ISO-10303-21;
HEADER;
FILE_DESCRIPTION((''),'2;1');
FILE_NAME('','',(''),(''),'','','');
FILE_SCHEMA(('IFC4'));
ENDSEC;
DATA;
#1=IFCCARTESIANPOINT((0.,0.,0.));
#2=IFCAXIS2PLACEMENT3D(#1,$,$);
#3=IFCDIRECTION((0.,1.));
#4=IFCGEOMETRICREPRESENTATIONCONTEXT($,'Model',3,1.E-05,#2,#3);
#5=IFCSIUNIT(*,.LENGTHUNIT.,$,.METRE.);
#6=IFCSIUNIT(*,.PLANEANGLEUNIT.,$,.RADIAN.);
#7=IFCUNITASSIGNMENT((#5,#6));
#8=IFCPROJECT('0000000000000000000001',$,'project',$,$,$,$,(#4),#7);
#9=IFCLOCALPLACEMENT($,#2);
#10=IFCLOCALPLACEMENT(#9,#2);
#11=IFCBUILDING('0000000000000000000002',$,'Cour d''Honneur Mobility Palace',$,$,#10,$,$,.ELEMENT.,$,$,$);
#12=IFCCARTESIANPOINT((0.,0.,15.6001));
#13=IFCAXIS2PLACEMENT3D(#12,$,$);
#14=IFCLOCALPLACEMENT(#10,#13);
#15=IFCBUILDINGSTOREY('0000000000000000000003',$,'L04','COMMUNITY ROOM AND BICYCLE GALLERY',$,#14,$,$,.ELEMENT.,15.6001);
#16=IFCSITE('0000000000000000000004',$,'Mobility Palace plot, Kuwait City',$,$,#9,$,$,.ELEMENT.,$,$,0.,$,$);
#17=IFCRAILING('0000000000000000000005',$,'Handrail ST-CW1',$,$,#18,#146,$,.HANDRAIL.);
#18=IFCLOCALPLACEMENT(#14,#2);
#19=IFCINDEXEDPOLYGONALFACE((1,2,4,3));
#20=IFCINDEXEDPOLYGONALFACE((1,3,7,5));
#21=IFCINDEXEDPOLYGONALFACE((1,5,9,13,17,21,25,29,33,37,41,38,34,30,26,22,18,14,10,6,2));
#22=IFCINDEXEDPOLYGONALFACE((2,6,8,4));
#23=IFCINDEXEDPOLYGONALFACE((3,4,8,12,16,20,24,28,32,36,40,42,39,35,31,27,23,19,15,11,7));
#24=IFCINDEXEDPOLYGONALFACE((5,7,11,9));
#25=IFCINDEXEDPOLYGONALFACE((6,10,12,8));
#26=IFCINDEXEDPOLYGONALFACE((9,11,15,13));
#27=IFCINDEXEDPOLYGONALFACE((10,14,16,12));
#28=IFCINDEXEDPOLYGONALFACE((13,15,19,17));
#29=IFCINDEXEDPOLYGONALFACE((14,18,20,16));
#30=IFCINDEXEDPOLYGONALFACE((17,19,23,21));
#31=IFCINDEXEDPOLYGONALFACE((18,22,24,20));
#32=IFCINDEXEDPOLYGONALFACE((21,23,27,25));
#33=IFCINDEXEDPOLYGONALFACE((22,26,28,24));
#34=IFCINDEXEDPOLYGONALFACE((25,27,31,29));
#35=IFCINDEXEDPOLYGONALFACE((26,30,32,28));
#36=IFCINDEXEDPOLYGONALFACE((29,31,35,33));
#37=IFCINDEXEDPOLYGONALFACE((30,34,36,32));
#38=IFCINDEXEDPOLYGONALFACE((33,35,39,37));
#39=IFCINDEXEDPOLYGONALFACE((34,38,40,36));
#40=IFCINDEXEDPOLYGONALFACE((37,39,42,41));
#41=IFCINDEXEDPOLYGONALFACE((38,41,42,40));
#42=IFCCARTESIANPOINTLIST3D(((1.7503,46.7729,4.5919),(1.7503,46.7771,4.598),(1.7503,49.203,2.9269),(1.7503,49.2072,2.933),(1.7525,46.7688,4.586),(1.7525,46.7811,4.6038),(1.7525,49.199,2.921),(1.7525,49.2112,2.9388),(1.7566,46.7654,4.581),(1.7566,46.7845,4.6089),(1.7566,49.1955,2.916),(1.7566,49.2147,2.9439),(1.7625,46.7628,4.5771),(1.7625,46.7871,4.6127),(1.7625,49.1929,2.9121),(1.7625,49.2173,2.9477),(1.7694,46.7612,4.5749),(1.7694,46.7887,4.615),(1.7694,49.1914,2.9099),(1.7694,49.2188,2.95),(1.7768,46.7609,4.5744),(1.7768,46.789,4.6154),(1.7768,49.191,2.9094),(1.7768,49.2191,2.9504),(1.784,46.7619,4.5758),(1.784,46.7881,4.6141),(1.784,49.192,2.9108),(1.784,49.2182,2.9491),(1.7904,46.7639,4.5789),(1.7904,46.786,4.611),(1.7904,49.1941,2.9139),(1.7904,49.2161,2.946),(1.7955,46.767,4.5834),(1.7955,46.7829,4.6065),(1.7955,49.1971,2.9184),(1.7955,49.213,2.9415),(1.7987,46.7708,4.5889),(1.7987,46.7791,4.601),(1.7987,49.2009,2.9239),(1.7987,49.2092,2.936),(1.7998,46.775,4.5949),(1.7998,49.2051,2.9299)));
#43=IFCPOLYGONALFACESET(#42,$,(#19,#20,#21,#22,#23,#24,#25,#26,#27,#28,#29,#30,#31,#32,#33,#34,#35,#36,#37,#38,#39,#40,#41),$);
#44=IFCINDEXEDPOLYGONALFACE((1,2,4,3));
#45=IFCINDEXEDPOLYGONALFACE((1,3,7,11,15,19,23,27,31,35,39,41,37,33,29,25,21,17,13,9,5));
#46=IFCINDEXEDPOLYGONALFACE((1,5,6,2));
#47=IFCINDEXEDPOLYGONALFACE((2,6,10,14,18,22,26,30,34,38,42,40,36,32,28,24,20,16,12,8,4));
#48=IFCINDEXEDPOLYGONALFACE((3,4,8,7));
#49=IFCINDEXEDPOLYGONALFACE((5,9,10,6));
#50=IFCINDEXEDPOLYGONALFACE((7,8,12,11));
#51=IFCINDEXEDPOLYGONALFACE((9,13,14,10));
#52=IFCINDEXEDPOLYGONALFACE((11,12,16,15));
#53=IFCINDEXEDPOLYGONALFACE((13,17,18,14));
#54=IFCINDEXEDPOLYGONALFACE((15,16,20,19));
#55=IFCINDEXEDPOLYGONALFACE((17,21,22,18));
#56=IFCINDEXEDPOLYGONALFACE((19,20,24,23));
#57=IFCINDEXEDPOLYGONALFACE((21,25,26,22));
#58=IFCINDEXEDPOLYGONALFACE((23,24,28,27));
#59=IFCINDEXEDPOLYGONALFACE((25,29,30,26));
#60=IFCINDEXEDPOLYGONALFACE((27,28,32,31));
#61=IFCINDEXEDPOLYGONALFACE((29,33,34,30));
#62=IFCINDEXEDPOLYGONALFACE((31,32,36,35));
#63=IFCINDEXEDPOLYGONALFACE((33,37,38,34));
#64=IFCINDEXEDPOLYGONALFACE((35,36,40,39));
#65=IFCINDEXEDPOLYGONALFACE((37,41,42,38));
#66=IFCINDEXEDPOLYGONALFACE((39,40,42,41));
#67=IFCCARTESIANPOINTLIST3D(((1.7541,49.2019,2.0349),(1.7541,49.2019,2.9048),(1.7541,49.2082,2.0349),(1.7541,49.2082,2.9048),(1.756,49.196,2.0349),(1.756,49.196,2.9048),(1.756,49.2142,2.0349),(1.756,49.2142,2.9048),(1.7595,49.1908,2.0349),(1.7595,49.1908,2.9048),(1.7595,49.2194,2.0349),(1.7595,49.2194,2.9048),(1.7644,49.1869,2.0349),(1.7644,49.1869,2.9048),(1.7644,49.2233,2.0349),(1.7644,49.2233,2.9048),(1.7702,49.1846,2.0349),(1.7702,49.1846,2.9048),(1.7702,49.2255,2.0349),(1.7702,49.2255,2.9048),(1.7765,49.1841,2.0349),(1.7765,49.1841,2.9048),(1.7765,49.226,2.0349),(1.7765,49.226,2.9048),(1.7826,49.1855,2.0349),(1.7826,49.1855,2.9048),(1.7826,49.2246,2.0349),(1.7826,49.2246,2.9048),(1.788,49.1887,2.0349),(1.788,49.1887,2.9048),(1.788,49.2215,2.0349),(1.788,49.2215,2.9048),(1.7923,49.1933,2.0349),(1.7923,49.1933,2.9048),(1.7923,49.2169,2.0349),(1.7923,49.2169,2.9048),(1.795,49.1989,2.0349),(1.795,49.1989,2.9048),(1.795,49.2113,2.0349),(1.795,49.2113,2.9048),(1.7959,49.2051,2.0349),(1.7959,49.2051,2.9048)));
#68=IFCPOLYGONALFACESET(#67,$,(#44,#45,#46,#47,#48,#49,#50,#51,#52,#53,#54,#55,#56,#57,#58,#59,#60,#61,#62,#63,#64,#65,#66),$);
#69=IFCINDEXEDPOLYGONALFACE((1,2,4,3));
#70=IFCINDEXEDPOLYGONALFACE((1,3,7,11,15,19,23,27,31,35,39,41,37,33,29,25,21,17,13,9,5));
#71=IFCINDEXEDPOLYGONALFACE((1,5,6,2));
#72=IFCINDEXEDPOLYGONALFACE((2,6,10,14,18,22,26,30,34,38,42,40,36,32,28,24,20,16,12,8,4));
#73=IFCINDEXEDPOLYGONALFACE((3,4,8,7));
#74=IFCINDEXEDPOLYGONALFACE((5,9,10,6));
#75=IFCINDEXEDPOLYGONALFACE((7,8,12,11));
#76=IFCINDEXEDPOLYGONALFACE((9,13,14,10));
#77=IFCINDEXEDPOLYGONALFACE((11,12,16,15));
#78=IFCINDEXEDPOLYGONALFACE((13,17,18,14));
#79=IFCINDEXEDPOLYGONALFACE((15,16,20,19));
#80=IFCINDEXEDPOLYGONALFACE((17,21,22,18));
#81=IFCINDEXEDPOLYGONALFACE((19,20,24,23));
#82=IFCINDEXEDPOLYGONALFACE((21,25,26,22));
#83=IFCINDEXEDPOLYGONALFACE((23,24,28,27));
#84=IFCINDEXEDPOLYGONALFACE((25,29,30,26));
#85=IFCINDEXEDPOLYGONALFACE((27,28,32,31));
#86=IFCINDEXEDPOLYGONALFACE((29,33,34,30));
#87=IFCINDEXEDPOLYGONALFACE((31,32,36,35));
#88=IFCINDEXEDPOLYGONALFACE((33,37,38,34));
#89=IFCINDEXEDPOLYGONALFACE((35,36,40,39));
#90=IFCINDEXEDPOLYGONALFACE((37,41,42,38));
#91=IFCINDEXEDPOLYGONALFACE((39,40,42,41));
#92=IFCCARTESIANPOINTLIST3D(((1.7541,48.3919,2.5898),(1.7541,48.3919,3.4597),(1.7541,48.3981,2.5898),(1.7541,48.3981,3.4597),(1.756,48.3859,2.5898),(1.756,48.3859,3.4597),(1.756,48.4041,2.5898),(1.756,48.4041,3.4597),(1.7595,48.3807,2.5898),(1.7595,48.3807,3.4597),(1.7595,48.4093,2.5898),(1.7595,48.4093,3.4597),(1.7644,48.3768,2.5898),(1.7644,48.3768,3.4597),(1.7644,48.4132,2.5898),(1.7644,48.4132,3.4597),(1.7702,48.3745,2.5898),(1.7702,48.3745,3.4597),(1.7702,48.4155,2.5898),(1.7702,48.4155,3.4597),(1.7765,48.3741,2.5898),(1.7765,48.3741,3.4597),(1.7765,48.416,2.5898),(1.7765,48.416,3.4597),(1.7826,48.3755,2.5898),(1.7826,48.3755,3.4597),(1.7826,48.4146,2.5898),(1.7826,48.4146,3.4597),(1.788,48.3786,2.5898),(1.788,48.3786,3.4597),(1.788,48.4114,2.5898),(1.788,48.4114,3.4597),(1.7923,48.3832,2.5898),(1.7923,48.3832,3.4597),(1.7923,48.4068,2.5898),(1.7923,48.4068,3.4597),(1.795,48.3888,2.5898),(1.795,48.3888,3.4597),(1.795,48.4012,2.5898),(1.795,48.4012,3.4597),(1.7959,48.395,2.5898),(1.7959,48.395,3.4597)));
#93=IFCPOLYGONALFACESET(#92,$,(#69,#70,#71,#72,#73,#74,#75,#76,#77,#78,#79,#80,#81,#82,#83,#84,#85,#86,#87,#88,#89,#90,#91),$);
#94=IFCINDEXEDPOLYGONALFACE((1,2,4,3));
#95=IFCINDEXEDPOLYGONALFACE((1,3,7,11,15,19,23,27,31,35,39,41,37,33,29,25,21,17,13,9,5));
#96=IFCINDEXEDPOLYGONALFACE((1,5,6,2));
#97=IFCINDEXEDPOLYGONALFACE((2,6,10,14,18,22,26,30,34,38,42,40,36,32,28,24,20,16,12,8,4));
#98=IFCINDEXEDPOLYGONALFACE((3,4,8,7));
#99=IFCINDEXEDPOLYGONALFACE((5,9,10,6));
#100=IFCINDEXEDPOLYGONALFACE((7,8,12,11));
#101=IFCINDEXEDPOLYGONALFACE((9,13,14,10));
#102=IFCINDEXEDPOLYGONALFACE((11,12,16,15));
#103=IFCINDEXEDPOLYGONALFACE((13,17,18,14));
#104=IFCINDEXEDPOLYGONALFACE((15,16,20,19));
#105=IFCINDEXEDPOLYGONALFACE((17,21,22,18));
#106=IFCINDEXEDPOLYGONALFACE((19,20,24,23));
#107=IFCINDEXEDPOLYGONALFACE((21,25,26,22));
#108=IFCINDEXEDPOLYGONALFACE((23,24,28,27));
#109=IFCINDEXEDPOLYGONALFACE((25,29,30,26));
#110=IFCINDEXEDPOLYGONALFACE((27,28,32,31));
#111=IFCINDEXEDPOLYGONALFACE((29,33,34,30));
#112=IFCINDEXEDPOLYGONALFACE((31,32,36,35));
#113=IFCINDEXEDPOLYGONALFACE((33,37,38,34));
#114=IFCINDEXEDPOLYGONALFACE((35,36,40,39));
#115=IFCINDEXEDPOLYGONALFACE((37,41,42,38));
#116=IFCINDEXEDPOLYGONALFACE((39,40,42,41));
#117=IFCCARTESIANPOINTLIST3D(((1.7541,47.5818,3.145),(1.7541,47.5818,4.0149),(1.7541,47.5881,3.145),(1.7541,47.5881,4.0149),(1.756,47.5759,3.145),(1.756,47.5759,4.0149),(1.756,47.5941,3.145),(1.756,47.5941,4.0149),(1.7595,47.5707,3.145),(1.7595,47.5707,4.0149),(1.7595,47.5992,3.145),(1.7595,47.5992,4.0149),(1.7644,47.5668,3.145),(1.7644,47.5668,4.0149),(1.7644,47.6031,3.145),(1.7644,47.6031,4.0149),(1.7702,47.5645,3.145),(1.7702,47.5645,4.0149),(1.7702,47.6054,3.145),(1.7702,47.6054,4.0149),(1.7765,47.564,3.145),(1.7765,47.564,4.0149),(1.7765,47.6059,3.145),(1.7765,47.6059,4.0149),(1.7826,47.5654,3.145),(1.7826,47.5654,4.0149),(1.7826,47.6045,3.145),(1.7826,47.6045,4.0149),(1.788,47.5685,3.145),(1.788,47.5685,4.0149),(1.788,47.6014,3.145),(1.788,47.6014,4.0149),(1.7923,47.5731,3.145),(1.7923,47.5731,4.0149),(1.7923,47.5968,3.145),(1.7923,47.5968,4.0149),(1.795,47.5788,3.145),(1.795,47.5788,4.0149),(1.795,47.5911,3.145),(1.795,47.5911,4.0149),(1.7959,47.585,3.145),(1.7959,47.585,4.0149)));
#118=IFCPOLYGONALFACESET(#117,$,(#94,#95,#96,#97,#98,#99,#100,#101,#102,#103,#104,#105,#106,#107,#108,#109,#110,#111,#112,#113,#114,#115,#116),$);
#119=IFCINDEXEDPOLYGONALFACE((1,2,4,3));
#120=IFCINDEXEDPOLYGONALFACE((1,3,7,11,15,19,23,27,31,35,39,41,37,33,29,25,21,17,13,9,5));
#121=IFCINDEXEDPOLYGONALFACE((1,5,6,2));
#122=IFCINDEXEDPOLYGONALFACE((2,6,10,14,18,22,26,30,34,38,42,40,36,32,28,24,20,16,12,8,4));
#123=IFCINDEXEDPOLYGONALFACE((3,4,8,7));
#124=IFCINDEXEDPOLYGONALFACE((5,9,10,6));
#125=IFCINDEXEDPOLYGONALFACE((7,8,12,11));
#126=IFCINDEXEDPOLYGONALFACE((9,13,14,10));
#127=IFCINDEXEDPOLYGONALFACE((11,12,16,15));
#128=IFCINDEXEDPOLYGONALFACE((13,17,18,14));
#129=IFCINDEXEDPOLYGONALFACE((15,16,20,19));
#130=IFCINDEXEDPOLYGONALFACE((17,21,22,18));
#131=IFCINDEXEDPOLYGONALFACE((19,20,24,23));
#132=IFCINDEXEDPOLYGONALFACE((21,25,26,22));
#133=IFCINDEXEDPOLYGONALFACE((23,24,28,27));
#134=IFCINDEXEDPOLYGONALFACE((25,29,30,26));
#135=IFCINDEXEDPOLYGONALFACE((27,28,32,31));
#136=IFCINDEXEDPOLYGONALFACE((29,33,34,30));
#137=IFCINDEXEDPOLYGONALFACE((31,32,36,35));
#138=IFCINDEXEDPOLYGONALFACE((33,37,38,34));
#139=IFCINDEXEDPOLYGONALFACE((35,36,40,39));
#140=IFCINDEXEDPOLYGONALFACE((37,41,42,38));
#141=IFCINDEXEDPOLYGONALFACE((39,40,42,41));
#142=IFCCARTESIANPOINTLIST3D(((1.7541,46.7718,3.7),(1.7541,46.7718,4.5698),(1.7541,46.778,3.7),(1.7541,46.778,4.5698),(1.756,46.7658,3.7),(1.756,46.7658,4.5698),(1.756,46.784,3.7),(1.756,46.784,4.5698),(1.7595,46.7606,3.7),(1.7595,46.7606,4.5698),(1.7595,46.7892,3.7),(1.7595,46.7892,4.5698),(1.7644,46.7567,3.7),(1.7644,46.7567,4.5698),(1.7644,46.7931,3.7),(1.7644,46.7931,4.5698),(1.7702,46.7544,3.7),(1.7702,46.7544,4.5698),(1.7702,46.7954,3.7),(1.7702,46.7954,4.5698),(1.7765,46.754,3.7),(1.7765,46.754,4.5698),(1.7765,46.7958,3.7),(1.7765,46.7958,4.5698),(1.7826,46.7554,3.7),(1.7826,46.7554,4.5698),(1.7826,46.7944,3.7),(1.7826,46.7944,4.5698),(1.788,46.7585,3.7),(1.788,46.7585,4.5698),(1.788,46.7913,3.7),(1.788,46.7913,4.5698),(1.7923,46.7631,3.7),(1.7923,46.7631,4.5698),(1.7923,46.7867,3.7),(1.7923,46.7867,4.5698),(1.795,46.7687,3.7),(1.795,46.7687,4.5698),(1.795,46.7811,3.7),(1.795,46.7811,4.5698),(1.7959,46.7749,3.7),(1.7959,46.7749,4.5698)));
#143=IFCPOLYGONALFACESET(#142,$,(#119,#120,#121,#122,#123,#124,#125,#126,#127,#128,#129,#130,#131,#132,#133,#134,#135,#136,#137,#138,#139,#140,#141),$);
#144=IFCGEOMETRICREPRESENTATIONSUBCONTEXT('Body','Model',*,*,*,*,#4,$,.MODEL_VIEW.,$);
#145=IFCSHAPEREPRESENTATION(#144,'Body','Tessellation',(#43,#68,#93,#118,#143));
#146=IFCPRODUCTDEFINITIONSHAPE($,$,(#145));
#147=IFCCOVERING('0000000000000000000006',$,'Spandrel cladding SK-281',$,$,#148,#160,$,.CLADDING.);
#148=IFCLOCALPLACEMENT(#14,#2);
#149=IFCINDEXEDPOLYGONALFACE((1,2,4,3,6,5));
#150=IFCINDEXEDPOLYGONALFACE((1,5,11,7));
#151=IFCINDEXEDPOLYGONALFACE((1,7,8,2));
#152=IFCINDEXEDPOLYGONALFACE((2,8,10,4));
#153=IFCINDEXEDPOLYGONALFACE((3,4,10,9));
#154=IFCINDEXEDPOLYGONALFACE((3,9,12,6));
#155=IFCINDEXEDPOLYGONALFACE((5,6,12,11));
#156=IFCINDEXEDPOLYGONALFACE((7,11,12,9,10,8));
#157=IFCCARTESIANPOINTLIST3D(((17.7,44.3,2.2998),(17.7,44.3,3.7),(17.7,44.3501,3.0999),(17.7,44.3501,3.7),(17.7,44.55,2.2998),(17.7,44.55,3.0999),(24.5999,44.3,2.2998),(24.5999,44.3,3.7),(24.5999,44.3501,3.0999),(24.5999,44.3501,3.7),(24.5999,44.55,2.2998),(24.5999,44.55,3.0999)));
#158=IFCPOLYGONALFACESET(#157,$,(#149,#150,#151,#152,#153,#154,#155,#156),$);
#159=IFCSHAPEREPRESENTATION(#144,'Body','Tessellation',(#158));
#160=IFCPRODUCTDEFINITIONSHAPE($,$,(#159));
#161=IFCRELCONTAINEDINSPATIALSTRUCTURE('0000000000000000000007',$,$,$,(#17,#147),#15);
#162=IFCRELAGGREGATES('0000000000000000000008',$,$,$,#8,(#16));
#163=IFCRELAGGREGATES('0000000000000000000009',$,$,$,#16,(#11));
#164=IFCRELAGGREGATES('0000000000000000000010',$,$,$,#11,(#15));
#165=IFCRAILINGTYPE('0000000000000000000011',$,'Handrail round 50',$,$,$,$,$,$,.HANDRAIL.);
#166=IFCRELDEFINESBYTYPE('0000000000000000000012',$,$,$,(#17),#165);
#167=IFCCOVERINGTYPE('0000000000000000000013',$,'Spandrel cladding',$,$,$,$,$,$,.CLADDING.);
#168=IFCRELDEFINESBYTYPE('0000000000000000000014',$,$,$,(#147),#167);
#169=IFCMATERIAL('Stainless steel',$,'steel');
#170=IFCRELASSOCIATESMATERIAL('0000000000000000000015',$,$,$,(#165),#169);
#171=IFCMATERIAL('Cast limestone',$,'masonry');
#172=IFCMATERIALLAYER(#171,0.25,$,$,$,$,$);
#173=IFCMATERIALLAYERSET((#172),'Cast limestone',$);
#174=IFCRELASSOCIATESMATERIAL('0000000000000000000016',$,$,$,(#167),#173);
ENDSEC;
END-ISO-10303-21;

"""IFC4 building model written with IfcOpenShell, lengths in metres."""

from ifc_helpers import new_model, si_unit, direction, frame, origin, origin_2d, place, context, subcontext, project, spatial, polyline, circle, outline, extrude, material, layer, layer_set, type_object, element, save


model = new_model("IFC4")

# Units and contexts
model_context = context("Model", 3, precision=1e-05, world=origin(), true_north=direction((0.0, 1.0)))
body_context = subcontext(model_context, "Body", "Model", "MODEL_VIEW")
ifc_project = project(units=[si_unit("LENGTHUNIT", "METRE"), si_unit("PLANEANGLEUNIT", "RADIAN")], contexts=[model_context])

# Site, building, storey
site_placement = place(None, origin())
site = spatial("IfcSite", under=ifc_project, at=site_placement, Name="Mobility Palace plot, Kuwait City", CompositionType="ELEMENT", RefElevation=0.0)
building_placement = place(site_placement, origin())
building = spatial("IfcBuilding", under=site, at=building_placement, Name="Cour d'Honneur Mobility Palace", CompositionType="ELEMENT")
storey_placement = place(building_placement, frame((0.0, 0.0, 15.6001)))
storey = spatial("IfcBuildingStorey", under=building, at=storey_placement, Name="L04", Description="COMMUNITY ROOM AND BICYCLE GALLERY", CompositionType="ELEMENT", Elevation=15.6001)

# Railing
ifc_material_1 = material(Name="Stainless steel", Category="steel")
railing_type_1 = type_object("IfcRailingType", Name="Handrail round 50", PredefinedType="HANDRAIL", material=ifc_material_1)
railing_1_placement = place(storey_placement, frame((1.7749, 49.2051, 2.0349)))
element("IfcRailing", 1, at=railing_1_placement, inside=storey, type_object=railing_type_1, Name="Handrail ST-CW1", PredefinedType="HANDRAIL", context=body_context, shape_type="SweptSolid", body=[
    extrude(circle(Radius=0.0249, at=origin_2d()), frame((0.0, 0.0, 0.895), z_axis=(0.0, -0.824945, 0.565213), x_axis=(1.0, 0.0, 0.0)), (0.0, 0.0, 1.0), 2.9458),
    extrude(circle(Radius=0.021, at=origin_2d()), origin(), (0.0, 0.0, 1.0), 0.8699),
    extrude(circle(Radius=0.021, at=origin_2d()), frame((0.0, -0.8101, 0.5549)), (0.0, 0.0, 1.0), 0.8699),
    extrude(circle(Radius=0.021, at=origin_2d()), frame((0.0, -1.6201, 1.1101)), (0.0, 0.0, 1.0), 0.8699),
    extrude(circle(Radius=0.021, at=origin_2d()), frame((0.0, -2.4302, 1.665)), (0.0, 0.0, 1.0), 0.8699),
])

# Covering
ifc_material_2 = material(Name="Cast limestone", Category="masonry")
ifc_layer_1 = layer(ifc_material_2, 0.25)
ifc_layer_set_1 = layer_set([ifc_layer_1], Name="Cast limestone")
covering_type_1 = type_object("IfcCoveringType", Name="Spandrel cladding", PredefinedType="CLADDING", material=ifc_layer_set_1)
covering_1_placement = place(storey_placement, frame((17.7, 44.55, 2.2998), z_axis=(-1.0, 0.0, 0.0), x_axis=(0.0, -1.0, 0.0)))
element("IfcCovering", 2, at=covering_1_placement, inside=storey, type_object=covering_type_1, Name="Spandrel cladding SK-281", PredefinedType="CLADDING", context=body_context, shape_type="SweptSolid", body=[
    extrude(outline(polyline([(0.0, 0.0), (0.25, 0.0), (0.25, 1.4001), (0.2, 1.4001), (0.2, 0.8), (0.0, 0.8), (0.0, 0.0)])), origin(), (0.0, 0.0, -1.0), 6.8999),
])

save(model, "model.ifc")
